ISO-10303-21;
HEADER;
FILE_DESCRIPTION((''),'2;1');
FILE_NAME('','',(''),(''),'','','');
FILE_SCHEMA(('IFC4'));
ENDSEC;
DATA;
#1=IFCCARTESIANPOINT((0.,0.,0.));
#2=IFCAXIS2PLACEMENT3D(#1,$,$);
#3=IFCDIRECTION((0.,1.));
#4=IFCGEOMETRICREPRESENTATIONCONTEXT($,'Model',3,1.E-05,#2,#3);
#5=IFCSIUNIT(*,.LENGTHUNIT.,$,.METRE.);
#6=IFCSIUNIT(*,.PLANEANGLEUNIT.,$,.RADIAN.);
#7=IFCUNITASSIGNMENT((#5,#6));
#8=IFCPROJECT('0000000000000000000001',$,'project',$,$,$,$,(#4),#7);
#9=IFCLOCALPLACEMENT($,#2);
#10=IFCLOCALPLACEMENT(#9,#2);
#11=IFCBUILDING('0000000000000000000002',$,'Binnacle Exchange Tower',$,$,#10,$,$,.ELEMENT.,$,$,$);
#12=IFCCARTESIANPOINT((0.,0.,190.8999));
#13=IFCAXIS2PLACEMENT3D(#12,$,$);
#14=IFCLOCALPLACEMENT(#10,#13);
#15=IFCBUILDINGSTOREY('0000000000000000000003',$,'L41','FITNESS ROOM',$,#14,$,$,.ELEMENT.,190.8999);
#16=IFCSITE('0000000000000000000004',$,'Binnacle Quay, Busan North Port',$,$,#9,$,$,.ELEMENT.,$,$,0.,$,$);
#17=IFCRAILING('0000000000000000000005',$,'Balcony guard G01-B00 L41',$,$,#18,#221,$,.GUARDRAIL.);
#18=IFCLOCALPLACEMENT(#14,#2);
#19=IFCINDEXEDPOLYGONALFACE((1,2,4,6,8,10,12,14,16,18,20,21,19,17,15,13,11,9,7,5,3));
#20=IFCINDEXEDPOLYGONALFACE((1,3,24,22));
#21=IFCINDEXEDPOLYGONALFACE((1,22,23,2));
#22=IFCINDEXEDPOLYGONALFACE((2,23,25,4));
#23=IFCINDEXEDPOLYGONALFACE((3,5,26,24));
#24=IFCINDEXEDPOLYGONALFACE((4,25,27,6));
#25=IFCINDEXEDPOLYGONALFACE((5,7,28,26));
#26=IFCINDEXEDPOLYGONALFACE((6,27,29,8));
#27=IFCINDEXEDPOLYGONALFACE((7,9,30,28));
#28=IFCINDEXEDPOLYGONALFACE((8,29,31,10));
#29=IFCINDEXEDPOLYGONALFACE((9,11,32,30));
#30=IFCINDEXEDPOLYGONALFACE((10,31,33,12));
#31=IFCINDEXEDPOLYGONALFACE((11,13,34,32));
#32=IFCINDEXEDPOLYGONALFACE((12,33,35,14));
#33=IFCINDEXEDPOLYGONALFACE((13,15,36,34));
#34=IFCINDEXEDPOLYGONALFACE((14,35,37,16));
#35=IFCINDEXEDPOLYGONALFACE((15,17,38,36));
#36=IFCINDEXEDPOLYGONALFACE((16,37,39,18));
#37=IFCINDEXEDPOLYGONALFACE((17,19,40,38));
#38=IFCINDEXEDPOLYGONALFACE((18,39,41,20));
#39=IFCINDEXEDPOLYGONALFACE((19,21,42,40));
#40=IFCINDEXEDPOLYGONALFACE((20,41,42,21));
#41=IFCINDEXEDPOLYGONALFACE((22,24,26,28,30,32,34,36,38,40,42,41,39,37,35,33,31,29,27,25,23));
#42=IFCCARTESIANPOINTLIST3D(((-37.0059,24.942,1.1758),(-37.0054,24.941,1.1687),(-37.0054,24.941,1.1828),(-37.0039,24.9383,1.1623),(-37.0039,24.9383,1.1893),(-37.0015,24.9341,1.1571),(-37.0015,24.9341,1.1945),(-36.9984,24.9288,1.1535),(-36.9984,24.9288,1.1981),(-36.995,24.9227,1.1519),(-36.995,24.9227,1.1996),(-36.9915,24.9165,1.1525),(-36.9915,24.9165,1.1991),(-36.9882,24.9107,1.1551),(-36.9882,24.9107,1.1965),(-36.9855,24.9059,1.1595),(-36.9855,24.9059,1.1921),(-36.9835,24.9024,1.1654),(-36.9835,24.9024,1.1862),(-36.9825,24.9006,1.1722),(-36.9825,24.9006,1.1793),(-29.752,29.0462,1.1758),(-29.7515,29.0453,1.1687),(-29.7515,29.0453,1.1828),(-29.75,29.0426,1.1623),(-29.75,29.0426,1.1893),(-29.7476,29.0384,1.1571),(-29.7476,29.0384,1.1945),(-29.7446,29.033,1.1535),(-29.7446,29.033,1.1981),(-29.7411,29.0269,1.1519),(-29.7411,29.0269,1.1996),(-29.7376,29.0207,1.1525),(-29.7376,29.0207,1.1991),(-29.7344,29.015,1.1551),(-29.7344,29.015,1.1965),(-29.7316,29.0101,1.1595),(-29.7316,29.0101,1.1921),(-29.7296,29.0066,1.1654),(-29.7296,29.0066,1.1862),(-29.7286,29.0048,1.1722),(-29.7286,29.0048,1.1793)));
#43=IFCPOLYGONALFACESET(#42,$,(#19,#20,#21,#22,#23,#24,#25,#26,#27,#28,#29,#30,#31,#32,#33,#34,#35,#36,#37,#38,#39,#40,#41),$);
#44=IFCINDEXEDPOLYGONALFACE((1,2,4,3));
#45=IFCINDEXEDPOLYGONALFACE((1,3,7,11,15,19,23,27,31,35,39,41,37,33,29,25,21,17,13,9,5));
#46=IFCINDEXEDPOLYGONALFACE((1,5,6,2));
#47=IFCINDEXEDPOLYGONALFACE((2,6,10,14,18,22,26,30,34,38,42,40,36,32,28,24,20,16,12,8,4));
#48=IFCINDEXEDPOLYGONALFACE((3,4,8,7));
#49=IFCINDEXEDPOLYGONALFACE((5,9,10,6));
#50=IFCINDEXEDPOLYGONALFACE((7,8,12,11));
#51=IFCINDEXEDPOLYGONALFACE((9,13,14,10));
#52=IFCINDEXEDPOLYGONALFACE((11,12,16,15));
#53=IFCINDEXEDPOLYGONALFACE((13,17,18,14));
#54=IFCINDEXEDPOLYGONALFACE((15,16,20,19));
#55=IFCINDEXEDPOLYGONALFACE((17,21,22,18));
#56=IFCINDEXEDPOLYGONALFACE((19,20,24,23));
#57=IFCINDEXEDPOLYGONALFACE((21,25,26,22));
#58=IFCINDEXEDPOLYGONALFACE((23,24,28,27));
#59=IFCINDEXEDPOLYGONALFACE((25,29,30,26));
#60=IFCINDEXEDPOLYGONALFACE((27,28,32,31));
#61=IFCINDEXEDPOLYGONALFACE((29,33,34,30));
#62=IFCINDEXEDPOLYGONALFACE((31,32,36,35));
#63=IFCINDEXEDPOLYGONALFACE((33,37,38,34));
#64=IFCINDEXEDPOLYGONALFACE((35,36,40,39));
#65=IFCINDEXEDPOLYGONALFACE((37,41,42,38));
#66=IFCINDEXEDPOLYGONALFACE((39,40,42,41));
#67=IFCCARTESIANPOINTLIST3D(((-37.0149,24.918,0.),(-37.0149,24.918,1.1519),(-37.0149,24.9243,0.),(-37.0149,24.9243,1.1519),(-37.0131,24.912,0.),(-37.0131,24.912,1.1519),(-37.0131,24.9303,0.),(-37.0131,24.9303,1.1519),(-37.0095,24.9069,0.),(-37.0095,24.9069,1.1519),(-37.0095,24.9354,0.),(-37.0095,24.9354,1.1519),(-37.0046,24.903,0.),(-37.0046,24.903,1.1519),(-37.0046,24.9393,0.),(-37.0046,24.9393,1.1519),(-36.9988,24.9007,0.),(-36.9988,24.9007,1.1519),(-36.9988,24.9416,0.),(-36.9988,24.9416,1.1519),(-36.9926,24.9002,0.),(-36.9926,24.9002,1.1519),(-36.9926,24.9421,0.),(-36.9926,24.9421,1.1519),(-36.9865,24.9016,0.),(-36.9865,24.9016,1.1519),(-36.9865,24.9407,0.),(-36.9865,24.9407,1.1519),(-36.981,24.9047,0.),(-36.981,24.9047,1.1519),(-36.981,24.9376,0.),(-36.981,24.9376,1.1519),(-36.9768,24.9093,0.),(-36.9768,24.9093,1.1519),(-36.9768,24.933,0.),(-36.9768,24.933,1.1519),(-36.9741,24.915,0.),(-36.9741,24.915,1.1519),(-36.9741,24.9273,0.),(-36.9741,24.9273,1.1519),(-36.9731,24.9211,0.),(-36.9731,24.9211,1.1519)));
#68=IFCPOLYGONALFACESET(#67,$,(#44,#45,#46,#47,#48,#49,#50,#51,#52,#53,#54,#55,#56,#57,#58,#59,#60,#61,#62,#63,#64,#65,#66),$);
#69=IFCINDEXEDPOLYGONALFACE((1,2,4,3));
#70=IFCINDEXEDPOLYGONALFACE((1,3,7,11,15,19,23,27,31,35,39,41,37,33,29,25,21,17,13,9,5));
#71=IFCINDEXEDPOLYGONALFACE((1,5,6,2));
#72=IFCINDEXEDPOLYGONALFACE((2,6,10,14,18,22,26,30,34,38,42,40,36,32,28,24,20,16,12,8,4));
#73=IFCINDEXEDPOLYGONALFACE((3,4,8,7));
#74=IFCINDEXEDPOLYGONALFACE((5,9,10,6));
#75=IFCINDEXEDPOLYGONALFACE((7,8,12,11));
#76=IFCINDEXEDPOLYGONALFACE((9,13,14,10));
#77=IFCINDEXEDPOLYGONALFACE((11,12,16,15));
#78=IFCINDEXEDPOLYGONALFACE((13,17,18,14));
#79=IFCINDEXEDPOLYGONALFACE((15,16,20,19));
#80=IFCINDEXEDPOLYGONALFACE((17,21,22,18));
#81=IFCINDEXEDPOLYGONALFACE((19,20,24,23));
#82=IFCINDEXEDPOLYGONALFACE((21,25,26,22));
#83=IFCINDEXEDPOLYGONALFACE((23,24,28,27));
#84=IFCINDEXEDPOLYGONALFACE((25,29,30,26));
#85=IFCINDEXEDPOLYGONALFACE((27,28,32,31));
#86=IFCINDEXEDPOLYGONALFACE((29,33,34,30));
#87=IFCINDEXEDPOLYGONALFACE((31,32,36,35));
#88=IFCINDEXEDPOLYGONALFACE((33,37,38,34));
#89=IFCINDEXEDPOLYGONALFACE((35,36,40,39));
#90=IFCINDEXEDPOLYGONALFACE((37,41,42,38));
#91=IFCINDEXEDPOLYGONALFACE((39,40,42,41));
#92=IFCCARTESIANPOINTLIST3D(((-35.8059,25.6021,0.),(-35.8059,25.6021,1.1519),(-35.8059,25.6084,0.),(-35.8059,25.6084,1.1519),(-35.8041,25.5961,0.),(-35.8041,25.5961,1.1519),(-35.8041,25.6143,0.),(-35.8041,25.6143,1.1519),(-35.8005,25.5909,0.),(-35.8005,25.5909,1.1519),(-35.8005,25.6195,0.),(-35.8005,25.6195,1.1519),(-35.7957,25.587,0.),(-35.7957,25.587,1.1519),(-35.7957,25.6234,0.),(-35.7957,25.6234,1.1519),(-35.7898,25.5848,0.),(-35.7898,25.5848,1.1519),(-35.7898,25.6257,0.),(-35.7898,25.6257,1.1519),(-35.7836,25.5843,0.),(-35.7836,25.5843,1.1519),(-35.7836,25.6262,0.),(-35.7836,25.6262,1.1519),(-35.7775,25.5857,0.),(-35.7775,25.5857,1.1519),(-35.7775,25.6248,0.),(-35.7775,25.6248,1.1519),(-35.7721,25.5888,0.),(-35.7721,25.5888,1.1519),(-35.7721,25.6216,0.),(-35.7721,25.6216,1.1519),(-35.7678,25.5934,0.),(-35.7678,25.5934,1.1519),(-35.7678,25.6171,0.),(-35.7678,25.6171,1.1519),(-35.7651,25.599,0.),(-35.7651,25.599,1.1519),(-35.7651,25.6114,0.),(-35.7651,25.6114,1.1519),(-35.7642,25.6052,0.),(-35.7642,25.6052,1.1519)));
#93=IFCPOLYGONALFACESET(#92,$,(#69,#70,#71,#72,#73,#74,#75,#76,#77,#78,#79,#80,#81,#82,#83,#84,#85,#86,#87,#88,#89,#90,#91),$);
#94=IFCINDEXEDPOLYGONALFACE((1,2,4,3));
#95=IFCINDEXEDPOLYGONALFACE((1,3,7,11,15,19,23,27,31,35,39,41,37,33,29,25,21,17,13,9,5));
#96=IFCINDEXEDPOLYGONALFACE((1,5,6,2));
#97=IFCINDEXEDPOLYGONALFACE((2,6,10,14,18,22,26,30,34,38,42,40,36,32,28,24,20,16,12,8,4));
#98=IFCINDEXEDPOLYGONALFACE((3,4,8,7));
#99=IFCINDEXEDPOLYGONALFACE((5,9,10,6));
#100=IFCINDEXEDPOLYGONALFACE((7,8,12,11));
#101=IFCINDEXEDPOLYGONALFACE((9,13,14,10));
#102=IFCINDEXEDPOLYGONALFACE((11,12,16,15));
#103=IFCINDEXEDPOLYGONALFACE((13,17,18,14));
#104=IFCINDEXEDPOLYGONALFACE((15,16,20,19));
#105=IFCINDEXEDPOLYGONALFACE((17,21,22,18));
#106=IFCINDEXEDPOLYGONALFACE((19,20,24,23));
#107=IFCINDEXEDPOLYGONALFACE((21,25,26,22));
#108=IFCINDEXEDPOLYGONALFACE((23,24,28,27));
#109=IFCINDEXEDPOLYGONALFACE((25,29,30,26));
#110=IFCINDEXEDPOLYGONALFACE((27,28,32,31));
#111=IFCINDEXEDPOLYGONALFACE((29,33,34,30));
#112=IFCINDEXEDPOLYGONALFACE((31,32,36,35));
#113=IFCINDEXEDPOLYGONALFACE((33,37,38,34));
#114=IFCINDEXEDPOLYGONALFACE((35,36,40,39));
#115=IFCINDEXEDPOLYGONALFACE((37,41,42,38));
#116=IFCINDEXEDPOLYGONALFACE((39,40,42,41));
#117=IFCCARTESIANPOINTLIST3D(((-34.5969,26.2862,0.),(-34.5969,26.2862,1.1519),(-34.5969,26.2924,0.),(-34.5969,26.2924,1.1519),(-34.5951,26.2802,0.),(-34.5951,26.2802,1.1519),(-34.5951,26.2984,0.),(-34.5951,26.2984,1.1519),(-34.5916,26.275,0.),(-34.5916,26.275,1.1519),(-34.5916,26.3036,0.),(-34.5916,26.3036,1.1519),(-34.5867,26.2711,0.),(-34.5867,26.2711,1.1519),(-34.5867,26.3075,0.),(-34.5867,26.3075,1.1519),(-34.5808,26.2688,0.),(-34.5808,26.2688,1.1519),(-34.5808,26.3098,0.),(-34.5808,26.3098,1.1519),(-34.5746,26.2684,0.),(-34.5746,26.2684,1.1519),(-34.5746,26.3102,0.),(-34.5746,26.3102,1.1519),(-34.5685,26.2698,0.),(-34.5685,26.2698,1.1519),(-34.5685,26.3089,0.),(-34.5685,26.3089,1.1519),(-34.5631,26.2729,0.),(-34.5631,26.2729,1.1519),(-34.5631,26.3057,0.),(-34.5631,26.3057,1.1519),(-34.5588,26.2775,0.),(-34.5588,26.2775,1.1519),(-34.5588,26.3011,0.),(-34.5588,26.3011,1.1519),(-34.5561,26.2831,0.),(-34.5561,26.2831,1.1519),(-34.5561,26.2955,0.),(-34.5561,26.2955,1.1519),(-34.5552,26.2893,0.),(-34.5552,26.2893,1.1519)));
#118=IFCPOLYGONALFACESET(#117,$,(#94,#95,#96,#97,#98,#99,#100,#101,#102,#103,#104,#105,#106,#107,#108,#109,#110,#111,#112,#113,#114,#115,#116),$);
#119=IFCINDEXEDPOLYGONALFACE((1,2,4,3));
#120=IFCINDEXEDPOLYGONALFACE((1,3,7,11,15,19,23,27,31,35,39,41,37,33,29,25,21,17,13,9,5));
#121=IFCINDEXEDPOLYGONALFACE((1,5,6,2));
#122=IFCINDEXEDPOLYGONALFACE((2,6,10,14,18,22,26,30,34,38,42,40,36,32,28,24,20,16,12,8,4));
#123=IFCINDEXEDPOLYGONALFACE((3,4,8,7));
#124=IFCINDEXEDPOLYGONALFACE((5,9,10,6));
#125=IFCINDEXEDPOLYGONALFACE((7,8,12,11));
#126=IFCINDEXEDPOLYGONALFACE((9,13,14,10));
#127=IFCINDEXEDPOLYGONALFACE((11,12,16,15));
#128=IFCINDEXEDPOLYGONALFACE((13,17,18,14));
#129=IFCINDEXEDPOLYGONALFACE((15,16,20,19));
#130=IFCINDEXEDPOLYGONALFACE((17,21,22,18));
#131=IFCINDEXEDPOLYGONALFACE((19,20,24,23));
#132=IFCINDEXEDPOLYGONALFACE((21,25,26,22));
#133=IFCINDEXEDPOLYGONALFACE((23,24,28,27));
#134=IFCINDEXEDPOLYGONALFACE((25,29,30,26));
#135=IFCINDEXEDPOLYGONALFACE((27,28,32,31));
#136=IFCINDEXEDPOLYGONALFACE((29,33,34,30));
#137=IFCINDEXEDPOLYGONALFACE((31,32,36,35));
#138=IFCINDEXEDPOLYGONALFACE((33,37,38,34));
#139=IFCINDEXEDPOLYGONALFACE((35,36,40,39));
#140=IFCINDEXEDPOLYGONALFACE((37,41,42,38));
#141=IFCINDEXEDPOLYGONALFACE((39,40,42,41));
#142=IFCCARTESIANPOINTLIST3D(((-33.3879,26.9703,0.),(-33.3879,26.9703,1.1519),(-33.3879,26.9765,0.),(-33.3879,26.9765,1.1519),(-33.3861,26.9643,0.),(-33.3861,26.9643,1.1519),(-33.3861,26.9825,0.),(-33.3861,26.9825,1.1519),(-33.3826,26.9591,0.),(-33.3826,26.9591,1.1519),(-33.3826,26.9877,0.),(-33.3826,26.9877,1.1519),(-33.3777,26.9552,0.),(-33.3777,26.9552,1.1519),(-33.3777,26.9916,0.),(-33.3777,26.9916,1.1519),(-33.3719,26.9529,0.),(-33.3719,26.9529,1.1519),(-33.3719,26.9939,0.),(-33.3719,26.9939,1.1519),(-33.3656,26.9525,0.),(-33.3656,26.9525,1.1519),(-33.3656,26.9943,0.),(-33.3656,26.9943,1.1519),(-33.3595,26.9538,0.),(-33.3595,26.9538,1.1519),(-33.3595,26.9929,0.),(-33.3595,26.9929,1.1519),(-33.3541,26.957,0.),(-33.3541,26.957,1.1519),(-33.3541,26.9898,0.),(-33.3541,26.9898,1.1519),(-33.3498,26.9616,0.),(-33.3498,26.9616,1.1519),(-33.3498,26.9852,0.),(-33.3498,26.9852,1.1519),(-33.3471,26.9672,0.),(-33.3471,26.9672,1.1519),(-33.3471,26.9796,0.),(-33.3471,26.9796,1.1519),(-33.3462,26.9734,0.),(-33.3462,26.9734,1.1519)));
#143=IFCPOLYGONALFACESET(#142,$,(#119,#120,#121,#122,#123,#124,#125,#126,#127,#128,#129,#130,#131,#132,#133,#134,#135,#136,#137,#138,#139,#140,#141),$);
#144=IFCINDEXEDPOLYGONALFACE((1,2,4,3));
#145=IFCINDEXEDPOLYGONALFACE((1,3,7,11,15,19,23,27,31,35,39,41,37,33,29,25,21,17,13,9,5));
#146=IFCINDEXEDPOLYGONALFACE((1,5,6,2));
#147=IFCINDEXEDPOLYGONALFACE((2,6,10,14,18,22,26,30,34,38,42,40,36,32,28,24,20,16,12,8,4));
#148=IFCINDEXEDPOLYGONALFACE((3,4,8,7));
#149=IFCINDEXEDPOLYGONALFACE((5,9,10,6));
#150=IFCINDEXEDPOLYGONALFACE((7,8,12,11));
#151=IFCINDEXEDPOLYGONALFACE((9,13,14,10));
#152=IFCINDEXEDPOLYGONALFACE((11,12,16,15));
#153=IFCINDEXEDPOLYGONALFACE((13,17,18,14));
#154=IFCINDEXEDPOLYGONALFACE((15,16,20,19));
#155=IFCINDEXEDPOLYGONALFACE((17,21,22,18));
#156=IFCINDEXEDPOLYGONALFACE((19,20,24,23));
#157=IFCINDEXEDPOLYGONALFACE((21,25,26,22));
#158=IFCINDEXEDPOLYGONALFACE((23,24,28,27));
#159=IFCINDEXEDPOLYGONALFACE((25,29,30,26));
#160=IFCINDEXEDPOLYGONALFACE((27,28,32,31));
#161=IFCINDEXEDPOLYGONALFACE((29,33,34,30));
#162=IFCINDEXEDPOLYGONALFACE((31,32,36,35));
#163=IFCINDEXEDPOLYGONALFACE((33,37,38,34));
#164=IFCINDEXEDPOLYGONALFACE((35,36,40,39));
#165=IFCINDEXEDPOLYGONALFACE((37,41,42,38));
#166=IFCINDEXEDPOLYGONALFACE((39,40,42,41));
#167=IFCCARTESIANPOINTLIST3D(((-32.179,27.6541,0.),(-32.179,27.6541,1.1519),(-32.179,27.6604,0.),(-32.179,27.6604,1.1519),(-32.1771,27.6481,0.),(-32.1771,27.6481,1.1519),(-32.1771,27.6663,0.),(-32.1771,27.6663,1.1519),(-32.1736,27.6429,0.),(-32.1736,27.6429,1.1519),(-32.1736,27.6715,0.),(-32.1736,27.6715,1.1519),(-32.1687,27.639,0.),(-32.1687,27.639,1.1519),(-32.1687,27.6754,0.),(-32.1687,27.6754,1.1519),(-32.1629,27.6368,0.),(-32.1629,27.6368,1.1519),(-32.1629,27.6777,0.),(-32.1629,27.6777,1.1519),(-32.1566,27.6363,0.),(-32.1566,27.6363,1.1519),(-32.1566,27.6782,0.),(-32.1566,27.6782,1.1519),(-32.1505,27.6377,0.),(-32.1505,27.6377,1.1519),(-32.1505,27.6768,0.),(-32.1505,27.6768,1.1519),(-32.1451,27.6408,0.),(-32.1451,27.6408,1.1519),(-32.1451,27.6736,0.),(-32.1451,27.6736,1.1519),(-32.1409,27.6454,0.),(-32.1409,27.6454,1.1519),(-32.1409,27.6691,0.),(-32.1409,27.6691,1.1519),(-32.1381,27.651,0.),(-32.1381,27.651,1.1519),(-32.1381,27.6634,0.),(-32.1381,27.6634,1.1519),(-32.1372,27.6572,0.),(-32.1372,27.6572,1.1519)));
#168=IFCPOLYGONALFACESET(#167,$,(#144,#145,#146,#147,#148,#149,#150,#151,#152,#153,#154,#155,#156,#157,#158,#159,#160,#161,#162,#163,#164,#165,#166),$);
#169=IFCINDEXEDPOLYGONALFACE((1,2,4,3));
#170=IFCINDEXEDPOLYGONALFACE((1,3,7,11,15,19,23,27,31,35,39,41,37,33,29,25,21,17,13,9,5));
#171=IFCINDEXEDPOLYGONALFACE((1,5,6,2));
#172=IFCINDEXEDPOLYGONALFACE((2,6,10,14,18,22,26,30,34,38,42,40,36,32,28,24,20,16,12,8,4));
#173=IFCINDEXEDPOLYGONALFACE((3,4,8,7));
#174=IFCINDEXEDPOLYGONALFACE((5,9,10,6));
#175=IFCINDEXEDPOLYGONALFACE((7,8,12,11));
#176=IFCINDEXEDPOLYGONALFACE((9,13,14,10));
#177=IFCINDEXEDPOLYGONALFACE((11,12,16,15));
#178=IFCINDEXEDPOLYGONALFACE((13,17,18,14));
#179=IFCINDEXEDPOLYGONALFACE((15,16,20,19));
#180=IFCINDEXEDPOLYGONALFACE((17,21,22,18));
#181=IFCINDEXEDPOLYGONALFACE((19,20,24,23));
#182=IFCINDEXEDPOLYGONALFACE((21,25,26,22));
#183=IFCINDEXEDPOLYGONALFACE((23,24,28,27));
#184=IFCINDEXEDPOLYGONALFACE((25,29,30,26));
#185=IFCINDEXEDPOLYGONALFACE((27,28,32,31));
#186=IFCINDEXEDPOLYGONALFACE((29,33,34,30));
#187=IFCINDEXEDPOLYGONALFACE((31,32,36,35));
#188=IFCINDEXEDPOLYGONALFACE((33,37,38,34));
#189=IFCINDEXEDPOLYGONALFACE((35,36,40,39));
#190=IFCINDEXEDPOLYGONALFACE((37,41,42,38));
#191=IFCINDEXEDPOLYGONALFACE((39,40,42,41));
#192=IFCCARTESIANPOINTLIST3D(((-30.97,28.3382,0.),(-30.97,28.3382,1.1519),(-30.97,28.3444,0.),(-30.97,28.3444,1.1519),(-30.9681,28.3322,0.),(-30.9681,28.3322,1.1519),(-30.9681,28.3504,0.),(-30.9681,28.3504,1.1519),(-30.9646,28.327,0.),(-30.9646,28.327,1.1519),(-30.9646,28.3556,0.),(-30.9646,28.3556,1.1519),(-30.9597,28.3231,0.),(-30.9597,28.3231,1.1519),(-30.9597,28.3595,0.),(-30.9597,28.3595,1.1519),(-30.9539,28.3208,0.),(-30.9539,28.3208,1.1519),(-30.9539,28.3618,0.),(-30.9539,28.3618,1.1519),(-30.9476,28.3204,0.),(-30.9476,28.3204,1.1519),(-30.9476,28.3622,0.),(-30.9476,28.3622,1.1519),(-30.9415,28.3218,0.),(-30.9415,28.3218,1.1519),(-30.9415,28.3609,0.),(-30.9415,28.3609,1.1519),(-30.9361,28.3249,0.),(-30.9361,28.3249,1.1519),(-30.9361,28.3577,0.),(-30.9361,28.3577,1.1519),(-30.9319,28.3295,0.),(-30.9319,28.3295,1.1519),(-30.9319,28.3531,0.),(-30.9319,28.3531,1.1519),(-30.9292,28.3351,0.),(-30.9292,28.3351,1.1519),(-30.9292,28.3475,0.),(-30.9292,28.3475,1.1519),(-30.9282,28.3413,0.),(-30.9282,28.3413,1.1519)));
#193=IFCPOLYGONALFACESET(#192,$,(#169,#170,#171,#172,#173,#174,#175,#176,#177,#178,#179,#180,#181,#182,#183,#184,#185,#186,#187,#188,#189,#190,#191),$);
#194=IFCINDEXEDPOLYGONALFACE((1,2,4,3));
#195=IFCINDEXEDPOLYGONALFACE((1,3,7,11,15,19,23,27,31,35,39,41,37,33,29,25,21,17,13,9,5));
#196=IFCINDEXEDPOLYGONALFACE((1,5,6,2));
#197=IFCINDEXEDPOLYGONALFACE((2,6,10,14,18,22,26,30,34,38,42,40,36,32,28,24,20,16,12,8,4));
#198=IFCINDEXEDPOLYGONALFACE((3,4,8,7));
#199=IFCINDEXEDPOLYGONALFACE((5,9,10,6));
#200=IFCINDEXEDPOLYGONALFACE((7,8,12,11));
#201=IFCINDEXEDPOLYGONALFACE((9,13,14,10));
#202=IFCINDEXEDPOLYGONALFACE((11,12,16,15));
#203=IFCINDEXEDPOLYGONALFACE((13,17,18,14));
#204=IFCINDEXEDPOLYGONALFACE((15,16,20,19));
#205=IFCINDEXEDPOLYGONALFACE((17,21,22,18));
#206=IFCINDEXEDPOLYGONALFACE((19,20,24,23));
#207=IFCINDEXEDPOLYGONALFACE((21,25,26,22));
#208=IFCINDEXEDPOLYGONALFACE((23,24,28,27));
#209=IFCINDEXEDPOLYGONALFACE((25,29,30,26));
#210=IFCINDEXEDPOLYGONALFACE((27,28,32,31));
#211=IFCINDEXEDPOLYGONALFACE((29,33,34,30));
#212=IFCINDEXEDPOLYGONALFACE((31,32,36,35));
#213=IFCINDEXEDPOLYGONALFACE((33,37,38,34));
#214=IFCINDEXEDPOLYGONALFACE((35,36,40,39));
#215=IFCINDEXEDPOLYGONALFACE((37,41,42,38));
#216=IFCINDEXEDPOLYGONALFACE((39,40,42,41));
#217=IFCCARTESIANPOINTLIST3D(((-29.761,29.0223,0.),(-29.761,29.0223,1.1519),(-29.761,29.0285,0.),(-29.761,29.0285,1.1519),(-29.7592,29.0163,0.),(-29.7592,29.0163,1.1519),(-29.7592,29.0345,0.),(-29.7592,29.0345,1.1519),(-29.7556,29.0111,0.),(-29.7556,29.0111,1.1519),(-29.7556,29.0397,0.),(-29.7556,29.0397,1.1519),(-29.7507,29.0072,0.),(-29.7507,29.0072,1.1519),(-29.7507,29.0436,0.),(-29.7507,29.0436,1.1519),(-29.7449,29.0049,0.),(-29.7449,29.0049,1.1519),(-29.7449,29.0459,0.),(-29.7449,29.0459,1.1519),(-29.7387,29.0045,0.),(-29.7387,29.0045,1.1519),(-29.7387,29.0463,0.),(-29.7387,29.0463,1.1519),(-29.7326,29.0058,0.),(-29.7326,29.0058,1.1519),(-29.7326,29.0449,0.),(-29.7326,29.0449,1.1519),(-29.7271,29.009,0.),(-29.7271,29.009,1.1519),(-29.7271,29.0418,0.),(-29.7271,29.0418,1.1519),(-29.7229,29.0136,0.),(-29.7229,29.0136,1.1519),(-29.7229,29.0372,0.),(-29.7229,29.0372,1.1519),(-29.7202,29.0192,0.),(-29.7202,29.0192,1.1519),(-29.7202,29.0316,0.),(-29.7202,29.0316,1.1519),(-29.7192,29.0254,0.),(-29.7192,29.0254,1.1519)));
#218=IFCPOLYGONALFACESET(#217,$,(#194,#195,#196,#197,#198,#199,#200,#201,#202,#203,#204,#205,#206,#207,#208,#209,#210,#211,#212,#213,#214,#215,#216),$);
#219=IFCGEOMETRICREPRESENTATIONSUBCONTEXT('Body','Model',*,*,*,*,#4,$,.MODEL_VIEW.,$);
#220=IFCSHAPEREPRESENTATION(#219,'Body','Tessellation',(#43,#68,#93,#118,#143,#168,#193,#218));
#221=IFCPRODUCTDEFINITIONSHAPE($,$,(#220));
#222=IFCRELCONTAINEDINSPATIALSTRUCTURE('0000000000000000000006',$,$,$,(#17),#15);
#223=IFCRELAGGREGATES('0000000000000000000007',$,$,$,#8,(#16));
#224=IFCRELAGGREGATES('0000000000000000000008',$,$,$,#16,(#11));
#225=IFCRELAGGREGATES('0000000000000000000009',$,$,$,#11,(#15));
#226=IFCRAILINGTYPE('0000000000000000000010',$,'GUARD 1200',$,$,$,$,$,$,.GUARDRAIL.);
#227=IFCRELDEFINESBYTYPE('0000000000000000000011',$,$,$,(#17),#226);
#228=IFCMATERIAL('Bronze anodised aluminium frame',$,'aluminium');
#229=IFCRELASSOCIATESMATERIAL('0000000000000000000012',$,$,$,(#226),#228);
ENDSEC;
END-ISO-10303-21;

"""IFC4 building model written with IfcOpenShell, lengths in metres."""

from ifc_helpers import new_model, si_unit, direction, frame, origin, origin_2d, place, context, subcontext, project, spatial, circle, extrude, material, type_object, element, save


model = new_model("IFC4")

# Units and contexts
model_context = context("Model", 3, precision=1e-05, world=origin(), true_north=direction((0.0, 1.0)))
body_context = subcontext(model_context, "Body", "Model", "MODEL_VIEW")
ifc_project = project(units=[si_unit("LENGTHUNIT", "METRE"), si_unit("PLANEANGLEUNIT", "RADIAN")], contexts=[model_context])

# Site, building, storey
site_placement = place(None, origin())
site = spatial("IfcSite", under=ifc_project, at=site_placement, Name="Binnacle Quay, Busan North Port", CompositionType="ELEMENT", RefElevation=0.0)
building_placement = place(site_placement, origin())
building = spatial("IfcBuilding", under=site, at=building_placement, Name="Binnacle Exchange Tower", CompositionType="ELEMENT")
storey_placement = place(building_placement, frame((0.0, 0.0, 190.8999)))
storey = spatial("IfcBuildingStorey", under=building, at=storey_placement, Name="L41", Description="FITNESS ROOM", CompositionType="ELEMENT", Elevation=190.8999)

# Railing
ifc_material_1 = material(Name="Bronze anodised aluminium frame", Category="aluminium")
railing_type_1 = type_object("IfcRailingType", Name="GUARD 1200", PredefinedType="GUARDRAIL", material=ifc_material_1)
railing_1_placement = place(storey_placement, frame((-36.9941, 24.9211, 0.0)))
element("IfcRailing", 1, at=railing_1_placement, inside=storey, type_object=railing_type_1, Name="Balcony guard G01-B00 L41", PredefinedType="GUARDRAIL", context=body_context, shape_type="SweptSolid", body=[
    extrude(circle(Radius=0.0239, at=origin_2d()), frame((0.0, 0.0, 1.1758), z_axis=(0.870346, 0.49244, 0.0), x_axis=(-0.49244, 0.870346, 0.0)), (0.0, 0.0, 1.0), 8.3345),
    extrude(circle(Radius=0.021, at=origin_2d()), origin(), (0.0, 0.0, 1.0), 1.1519),
    extrude(circle(Radius=0.021, at=origin_2d()), frame((1.209, 0.6841, 0.0)), (0.0, 0.0, 1.0), 1.1519),
    extrude(circle(Radius=0.021, at=origin_2d()), frame((2.418, 1.3682, 0.0)), (0.0, 0.0, 1.0), 1.1519),
    extrude(circle(Radius=0.021, at=origin_2d()), frame((3.627, 2.0522, 0.0)), (0.0, 0.0, 1.0), 1.1519),
    extrude(circle(Radius=0.021, at=origin_2d()), frame((4.8359, 2.7361, 0.0)), (0.0, 0.0, 1.0), 1.1519),
    extrude(circle(Radius=0.021, at=origin_2d()), frame((6.0449, 3.4202, 0.0)), (0.0, 0.0, 1.0), 1.1519),
    extrude(circle(Radius=0.021, at=origin_2d()), frame((7.2539, 4.1042, 0.0)), (0.0, 0.0, 1.0), 1.1519),
])

save(model, "model.ifc")
